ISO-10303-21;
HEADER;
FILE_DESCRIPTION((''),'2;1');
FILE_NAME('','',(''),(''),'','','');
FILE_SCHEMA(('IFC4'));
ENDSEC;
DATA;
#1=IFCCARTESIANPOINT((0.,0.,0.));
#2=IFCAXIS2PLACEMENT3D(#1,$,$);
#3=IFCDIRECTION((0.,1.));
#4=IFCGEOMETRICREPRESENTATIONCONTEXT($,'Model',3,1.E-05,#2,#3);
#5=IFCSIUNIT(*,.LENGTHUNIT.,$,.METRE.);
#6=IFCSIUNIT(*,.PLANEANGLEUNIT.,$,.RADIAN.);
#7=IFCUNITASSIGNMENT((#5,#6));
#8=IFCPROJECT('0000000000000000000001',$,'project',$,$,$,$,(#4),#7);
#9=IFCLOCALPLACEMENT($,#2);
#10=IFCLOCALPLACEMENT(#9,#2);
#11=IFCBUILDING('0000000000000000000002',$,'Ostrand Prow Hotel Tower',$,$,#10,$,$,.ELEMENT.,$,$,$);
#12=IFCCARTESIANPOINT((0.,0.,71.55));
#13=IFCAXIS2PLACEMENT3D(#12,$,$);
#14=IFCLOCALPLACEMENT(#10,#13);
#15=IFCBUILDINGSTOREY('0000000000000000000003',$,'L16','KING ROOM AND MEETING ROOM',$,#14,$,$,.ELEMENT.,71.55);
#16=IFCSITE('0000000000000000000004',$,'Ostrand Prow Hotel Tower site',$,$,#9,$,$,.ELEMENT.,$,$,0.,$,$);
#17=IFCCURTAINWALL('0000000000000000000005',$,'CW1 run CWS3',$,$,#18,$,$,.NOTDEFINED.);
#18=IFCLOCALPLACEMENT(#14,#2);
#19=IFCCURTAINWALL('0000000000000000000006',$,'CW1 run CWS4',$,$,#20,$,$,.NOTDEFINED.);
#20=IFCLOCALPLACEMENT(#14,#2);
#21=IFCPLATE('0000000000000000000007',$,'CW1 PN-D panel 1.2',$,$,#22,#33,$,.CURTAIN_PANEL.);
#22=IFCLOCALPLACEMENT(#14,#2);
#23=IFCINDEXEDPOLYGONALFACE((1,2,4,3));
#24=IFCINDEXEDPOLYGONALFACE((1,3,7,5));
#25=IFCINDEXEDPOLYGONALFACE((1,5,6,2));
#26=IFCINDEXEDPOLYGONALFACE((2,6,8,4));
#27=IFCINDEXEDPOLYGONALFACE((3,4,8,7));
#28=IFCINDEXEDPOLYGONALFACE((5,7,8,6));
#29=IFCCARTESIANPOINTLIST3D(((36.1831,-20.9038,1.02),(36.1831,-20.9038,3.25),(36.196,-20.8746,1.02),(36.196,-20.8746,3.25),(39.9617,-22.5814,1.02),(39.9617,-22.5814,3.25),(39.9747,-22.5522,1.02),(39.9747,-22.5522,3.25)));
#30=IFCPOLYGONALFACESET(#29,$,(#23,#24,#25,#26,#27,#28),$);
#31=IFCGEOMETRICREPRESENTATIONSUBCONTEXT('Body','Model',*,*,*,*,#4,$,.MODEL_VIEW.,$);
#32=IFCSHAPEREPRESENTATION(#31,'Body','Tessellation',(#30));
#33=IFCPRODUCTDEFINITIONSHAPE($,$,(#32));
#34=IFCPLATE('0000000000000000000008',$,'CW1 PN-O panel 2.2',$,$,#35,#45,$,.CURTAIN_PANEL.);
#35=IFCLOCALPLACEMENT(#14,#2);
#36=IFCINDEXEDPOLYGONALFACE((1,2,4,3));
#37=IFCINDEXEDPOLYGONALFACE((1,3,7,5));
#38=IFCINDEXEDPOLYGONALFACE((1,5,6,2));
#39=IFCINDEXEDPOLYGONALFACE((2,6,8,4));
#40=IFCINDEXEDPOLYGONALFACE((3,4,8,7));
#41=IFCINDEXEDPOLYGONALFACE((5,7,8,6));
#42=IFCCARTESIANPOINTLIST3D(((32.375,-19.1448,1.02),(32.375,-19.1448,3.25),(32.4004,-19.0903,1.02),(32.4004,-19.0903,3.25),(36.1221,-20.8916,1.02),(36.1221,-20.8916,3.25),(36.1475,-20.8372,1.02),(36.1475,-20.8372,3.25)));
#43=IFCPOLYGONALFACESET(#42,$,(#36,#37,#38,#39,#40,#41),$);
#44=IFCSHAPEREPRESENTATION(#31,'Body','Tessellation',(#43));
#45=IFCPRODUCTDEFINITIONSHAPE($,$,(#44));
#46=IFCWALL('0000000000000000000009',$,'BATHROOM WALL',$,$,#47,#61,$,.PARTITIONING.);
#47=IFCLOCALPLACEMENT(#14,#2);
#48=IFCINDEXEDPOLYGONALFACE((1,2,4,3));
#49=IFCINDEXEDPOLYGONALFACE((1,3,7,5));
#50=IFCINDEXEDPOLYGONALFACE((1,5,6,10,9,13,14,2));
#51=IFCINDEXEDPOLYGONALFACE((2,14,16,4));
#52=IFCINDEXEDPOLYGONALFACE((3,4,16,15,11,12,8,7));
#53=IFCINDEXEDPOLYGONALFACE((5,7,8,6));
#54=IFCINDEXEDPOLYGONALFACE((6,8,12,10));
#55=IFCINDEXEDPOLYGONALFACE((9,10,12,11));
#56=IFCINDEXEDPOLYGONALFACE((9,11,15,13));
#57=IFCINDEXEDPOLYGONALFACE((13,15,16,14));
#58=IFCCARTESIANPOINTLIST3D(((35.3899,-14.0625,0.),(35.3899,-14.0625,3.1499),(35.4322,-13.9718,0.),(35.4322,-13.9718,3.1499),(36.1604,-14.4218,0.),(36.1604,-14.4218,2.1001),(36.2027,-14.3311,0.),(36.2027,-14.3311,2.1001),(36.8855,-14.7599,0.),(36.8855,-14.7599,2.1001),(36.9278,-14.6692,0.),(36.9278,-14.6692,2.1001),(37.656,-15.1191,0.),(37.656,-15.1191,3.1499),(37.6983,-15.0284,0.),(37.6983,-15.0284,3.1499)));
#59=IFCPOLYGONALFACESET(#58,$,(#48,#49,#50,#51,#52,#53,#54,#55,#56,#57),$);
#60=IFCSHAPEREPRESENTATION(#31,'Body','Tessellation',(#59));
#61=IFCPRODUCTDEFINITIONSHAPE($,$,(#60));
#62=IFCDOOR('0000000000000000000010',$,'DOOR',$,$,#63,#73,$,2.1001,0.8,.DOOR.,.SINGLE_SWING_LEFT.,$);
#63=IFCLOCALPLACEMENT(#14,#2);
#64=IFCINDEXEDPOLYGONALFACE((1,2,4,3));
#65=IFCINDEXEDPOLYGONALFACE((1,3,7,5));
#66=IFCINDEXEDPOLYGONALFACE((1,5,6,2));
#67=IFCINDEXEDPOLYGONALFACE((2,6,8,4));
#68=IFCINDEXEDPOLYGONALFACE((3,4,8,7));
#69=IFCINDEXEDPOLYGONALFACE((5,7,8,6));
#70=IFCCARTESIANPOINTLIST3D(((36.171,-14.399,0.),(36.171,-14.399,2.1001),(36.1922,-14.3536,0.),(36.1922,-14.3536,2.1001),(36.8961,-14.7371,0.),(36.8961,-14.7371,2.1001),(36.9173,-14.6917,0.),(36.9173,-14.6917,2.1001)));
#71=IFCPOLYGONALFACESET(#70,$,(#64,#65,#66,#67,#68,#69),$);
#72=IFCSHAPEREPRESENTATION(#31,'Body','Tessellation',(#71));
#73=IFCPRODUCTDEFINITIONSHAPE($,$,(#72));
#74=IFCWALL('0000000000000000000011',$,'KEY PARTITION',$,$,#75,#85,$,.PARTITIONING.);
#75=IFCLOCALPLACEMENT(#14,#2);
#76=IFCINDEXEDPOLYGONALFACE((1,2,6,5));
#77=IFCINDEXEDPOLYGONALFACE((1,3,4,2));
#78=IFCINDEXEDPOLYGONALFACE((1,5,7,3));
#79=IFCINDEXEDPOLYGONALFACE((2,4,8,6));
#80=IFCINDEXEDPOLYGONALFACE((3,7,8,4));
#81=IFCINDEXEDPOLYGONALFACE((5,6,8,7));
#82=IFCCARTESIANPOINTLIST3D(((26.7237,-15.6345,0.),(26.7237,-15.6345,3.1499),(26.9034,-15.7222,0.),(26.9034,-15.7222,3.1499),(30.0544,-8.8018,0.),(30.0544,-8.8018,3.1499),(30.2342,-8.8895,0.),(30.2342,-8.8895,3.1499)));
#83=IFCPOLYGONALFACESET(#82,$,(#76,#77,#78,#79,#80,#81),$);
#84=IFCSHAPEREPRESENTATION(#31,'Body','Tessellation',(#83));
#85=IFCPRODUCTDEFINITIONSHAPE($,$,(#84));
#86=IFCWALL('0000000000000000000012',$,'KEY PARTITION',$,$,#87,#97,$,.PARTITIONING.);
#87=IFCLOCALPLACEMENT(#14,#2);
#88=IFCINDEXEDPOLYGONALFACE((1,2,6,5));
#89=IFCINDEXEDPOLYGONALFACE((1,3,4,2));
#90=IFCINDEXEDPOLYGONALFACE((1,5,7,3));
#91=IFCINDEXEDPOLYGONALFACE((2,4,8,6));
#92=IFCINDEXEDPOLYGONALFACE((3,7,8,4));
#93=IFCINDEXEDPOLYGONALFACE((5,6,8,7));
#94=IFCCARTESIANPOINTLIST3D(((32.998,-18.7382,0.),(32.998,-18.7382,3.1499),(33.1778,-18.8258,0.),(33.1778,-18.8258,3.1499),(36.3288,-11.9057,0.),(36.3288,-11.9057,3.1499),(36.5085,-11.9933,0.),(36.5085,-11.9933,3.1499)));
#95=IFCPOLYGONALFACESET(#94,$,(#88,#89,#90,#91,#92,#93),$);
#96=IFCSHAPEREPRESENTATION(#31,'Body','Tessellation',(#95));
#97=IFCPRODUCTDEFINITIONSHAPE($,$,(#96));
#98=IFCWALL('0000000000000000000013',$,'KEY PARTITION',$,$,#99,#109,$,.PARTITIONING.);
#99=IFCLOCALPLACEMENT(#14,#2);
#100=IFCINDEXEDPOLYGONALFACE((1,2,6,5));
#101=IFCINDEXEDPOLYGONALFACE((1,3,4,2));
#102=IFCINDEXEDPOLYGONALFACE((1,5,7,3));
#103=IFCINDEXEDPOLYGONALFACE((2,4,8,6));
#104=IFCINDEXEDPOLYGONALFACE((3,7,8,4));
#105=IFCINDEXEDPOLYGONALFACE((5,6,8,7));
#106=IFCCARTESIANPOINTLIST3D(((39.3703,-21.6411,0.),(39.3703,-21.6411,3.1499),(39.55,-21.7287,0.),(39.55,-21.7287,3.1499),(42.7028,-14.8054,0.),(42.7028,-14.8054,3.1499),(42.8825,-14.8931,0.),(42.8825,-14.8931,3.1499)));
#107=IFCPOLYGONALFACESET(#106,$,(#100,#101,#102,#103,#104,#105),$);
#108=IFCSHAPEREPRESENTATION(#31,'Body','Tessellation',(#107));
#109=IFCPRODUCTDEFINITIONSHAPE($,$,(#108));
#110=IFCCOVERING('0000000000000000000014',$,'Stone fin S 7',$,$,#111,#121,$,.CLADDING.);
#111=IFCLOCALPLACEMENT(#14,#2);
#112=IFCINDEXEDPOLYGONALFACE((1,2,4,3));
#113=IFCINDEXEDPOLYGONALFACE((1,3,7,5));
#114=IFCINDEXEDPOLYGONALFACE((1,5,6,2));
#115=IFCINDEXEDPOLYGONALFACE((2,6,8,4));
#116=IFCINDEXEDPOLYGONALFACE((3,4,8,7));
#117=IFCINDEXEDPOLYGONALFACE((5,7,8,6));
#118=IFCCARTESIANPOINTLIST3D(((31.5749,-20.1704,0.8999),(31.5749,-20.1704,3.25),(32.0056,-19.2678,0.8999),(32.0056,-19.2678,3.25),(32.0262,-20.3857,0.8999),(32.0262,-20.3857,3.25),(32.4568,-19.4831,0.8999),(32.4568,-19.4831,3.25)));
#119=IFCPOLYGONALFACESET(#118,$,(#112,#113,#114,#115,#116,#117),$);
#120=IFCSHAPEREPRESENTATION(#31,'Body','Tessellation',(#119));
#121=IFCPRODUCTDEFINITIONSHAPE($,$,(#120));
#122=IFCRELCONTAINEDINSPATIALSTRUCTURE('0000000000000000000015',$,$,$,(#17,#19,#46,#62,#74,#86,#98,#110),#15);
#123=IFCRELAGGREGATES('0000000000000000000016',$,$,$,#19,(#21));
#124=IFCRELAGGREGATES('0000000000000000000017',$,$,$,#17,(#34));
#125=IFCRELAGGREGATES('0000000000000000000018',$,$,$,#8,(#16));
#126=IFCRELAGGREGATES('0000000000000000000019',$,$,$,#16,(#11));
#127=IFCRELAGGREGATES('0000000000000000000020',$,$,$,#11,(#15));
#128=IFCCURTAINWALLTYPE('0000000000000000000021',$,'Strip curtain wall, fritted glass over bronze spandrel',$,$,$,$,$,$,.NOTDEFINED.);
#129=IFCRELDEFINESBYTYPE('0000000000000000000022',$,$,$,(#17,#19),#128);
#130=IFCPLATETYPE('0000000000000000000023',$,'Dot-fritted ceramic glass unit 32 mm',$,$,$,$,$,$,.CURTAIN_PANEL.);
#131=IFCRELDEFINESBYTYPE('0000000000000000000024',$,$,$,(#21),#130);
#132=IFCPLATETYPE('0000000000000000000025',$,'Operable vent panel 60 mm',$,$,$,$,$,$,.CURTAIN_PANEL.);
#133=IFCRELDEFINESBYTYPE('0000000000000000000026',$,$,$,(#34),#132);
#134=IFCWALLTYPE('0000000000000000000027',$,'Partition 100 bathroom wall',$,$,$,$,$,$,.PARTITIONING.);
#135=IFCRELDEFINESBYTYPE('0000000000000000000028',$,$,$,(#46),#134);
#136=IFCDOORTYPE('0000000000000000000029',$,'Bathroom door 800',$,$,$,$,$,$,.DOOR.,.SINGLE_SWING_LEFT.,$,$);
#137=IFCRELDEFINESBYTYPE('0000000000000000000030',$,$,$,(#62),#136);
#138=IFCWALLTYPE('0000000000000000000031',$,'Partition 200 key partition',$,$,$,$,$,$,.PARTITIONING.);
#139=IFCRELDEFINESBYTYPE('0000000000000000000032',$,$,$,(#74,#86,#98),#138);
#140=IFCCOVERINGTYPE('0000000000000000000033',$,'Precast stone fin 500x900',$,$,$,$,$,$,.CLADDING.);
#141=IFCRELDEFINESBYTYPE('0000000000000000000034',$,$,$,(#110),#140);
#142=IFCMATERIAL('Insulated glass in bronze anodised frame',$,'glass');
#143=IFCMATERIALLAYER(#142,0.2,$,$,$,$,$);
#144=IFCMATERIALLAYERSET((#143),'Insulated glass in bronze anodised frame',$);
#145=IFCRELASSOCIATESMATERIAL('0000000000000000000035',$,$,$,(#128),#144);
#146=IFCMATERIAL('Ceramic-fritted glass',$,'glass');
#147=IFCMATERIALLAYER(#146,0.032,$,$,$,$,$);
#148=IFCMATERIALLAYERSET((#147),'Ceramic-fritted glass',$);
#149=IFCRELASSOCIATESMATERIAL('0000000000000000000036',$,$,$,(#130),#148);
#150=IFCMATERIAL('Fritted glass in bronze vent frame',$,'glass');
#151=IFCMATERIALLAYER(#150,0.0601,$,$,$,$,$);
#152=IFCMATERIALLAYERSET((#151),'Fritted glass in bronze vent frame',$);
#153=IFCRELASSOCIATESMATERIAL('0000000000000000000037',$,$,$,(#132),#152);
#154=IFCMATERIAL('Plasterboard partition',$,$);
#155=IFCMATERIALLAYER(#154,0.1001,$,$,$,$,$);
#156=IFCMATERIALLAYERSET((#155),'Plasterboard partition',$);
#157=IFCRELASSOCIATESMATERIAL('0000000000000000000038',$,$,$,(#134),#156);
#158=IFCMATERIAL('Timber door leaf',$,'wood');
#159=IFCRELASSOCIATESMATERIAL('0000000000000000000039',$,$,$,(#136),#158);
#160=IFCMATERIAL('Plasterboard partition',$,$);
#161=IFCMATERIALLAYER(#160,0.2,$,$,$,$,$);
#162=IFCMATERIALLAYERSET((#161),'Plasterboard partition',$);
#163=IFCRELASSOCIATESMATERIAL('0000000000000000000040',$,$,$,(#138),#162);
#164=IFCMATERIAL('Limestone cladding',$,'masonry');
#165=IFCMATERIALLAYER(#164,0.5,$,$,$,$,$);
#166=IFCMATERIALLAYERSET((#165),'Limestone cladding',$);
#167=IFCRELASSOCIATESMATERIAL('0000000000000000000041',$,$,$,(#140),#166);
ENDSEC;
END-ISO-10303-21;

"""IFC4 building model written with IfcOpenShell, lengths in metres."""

from ifc_helpers import new_model, si_unit, direction, frame, frame_2d, origin, origin_2d, place, context, subcontext, project, spatial, rectangle, extrude, material, layer, layer_set, type_object, element, fill, aggregate, save


model = new_model("IFC4")

# Units and contexts
model_context = context("Model", 3, precision=1e-05, world=origin(), true_north=direction((0.0, 1.0)))
body_context = subcontext(model_context, "Body", "Model", "MODEL_VIEW")
ifc_project = project(units=[si_unit("LENGTHUNIT", "METRE"), si_unit("PLANEANGLEUNIT", "RADIAN")], contexts=[model_context])

# Site, building, storey
site_placement = place(None, origin())
site = spatial("IfcSite", under=ifc_project, at=site_placement, Name="Ostrand Prow Hotel Tower site", CompositionType="ELEMENT", RefElevation=0.0)
building_placement = place(site_placement, origin())
building = spatial("IfcBuilding", under=site, at=building_placement, Name="Ostrand Prow Hotel Tower", CompositionType="ELEMENT")
storey_placement = place(building_placement, frame((0.0, 0.0, 71.55)))
storey = spatial("IfcBuildingStorey", under=building, at=storey_placement, Name="L16", Description="KING ROOM AND MEETING ROOM", CompositionType="ELEMENT", Elevation=71.55)

# Curtain wall
ifc_material_1 = material(Name="Insulated glass in bronze anodised frame", Category="glass")
ifc_layer_1 = layer(ifc_material_1, 0.2)
ifc_layer_set_1 = layer_set([ifc_layer_1], Name="Insulated glass in bronze anodised frame")
curtain_wall_type = type_object("IfcCurtainWallType", Name="Strip curtain wall, fritted glass over bronze spandrel", PredefinedType="NOTDEFINED", material=ifc_layer_set_1)
curtain_wall_1_placement = place(storey_placement, origin())
curtain_wall_1 = element("IfcCurtainWall", 1, at=curtain_wall_1_placement, inside=storey, type_object=curtain_wall_type, Name="CW1 run CWS3", PredefinedType="NOTDEFINED")

# Curtain wall
curtain_wall_2_placement = place(storey_placement, origin())
curtain_wall_2 = element("IfcCurtainWall", 2, at=curtain_wall_2_placement, inside=storey, type_object=curtain_wall_type, Name="CW1 run CWS4", PredefinedType="NOTDEFINED")

# Plates
ifc_material_2 = material(Name="Ceramic-fritted glass", Category="glass")
ifc_layer_2 = layer(ifc_material_2, 0.032)
ifc_layer_set_2 = layer_set([ifc_layer_2], Name="Ceramic-fritted glass")
plate_type_1 = type_object("IfcPlateType", Name="Dot-fritted ceramic glass unit 32 mm", PredefinedType="CURTAIN_PANEL", material=ifc_layer_set_2)
plate_1_placement = place(storey_placement, frame((38.0789, -21.728, 1.02), z_axis=(0.0, 0.0, 1.0), x_axis=(0.913971, -0.40578, 0.0)))
plate_1 = element("IfcPlate", 3, at=plate_1_placement, type_object=plate_type_1, Name="CW1 PN-D panel 1.2", PredefinedType="CURTAIN_PANEL", context=body_context, shape_type="SweptSolid", body=[
    extrude(rectangle(XDim=4.1343, YDim=0.032, at=origin_2d()), origin(), (0.0, 0.0, 1.0), 2.23),
])
aggregate(curtain_wall_2, [plate_1])
ifc_material_3 = material(Name="Fritted glass in bronze vent frame", Category="glass")
ifc_layer_3 = layer(ifc_material_3, 0.0601)
ifc_layer_set_3 = layer_set([ifc_layer_3], Name="Fritted glass in bronze vent frame")
plate_type_2 = type_object("IfcPlateType", Name="Operable vent panel 60 mm", PredefinedType="CURTAIN_PANEL", material=ifc_layer_set_3)
plate_2_placement = place(storey_placement, frame((34.2612, -19.991, 1.02), z_axis=(0.0, 0.0, 1.0), x_axis=(0.906349, -0.42253, 0.0)))
plate_2 = element("IfcPlate", 4, at=plate_2_placement, type_object=plate_type_2, Name="CW1 PN-O panel 2.2", PredefinedType="CURTAIN_PANEL", context=body_context, shape_type="SweptSolid", body=[
    extrude(rectangle(XDim=4.1343, YDim=0.0601, at=origin_2d()), origin(), (0.0, 0.0, 1.0), 2.23),
])
aggregate(curtain_wall_1, [plate_2])

# Wall, opening, door
ifc_material_4 = material(Name="Plasterboard partition")
ifc_layer_4 = layer(ifc_material_4, 0.1001)
ifc_layer_set_4 = layer_set([ifc_layer_4], Name="Plasterboard partition")
wall_type_1 = type_object("IfcWallType", Name="Partition 100 bathroom wall", PredefinedType="PARTITIONING", material=ifc_layer_set_4)
wall_1_placement = place(storey_placement, frame((37.677, -15.0737, 0.0), z_axis=(0.0, 0.0, 1.0), x_axis=(-0.906318, 0.422597, 0.0)))
wall_1 = element("IfcWall", 5, at=wall_1_placement, inside=storey, type_object=wall_type_1, Name="BATHROOM WALL", PredefinedType="PARTITIONING", context=body_context, shape_type="SweptSolid", body=[
    extrude(rectangle(XDim=2.5002, YDim=0.1001, at=frame_2d((1.25, 0.0))), origin(), (0.0, 0.0, 1.0), 3.1499),
])
opening_placement = place(wall_1_placement, frame((0.8501, 0.0, 0.0)))
opening = element("IfcOpeningElement", 6, at=opening_placement, cuts=wall_1, PredefinedType="OPENING", context=body_context, shape_type="SweptSolid", body=[
    extrude(rectangle(XDim=0.8, YDim=2.1001, at=frame_2d((0.3999, 1.05))), frame((0.0, 0.0601, 0.0), z_axis=(0.0, -1.0, 0.0), x_axis=(1.0, 0.0, 0.0)), (0.0, 0.0, 1.0), 0.1201),
])
ifc_material_5 = material(Name="Timber door leaf", Category="wood")
door_type = type_object("IfcDoorType", Name="Bathroom door 800", OperationType="SINGLE_SWING_LEFT", PredefinedType="DOOR", material=ifc_material_5)
door_placement = place(opening_placement, origin())
door = element("IfcDoor", 7, at=door_placement, inside=storey, type_object=door_type, Name="DOOR", OperationType="SINGLE_SWING_LEFT", OverallHeight=2.1001, OverallWidth=0.8, PredefinedType="DOOR", context=body_context, shape_type="SweptSolid", body=[
    extrude(rectangle(XDim=0.8, YDim=2.1001, at=frame_2d((0.3999, 1.05))), frame((0.0, 0.0249, 0.0), z_axis=(0.0, -1.0, 0.0), x_axis=(1.0, 0.0, 0.0)), (0.0, 0.0, 1.0), 0.05),
])
fill(opening, door)

# Walls
ifc_material_6 = material(Name="Plasterboard partition")
ifc_layer_5 = layer(ifc_material_6, 0.2)
ifc_layer_set_5 = layer_set([ifc_layer_5], Name="Plasterboard partition")
wall_type_2 = type_object("IfcWallType", Name="Partition 200 key partition", PredefinedType="PARTITIONING", material=ifc_layer_set_5)
wall_2_placement = place(storey_placement, frame((26.8135, -15.6785, 0.0), z_axis=(0.0, 0.0, 1.0), x_axis=(0.438185, 0.898885, 0.0)))
element("IfcWall", 8, at=wall_2_placement, inside=storey, type_object=wall_type_2, Name="KEY PARTITION", PredefinedType="PARTITIONING", context=body_context, shape_type="SweptSolid", body=[
    extrude(rectangle(XDim=7.6013, YDim=0.2, at=frame_2d((3.8008, 0.0))), origin(), (0.0, 0.0, 1.0), 3.1499),
])
wall_3_placement = place(storey_placement, frame((33.0879, -18.782, 0.0), z_axis=(0.0, 0.0, 1.0), x_axis=(0.438198, 0.898879, 0.0)))
element("IfcWall", 9, at=wall_3_placement, inside=storey, type_object=wall_type_2, Name="KEY PARTITION", PredefinedType="PARTITIONING", context=body_context, shape_type="SweptSolid", body=[
    extrude(rectangle(XDim=7.6011, YDim=0.2, at=frame_2d((3.8005, 0.0))), origin(), (0.0, 0.0, 1.0), 3.1499),
])
wall_4_placement = place(storey_placement, frame((39.4602, -21.6848, 0.0), z_axis=(0.0, 0.0, 1.0), x_axis=(0.438215, 0.89887, 0.0)))
element("IfcWall", 10, at=wall_4_placement, inside=storey, type_object=wall_type_2, Name="KEY PARTITION", PredefinedType="PARTITIONING", context=body_context, shape_type="SweptSolid", body=[
    extrude(rectangle(XDim=7.6047, YDim=0.2, at=frame_2d((3.8022, 0.0))), origin(), (0.0, 0.0, 1.0), 3.1499),
])

# Covering
ifc_material_7 = material(Name="Limestone cladding", Category="masonry")
ifc_layer_6 = layer(ifc_material_7, 0.5)
ifc_layer_set_6 = layer_set([ifc_layer_6], Name="Limestone cladding")
covering_type = type_object("IfcCoveringType", Name="Precast stone fin 500x900", PredefinedType="CLADDING", material=ifc_layer_set_6)
covering_placement = place(storey_placement, frame((32.2312, -19.3755, 0.8999), z_axis=(0.0, 0.0, 1.0), x_axis=(-0.430635, -0.902526, 0.0)))
element("IfcCovering", 11, at=covering_placement, inside=storey, type_object=covering_type, Name="Stone fin S 7", PredefinedType="CLADDING", context=body_context, shape_type="SweptSolid", body=[
    extrude(rectangle(XDim=1.0, YDim=0.5, at=frame_2d((0.5, 0.0))), origin(), (0.0, 0.0, 1.0), 2.3501),
])

save(model, "model.ifc")
